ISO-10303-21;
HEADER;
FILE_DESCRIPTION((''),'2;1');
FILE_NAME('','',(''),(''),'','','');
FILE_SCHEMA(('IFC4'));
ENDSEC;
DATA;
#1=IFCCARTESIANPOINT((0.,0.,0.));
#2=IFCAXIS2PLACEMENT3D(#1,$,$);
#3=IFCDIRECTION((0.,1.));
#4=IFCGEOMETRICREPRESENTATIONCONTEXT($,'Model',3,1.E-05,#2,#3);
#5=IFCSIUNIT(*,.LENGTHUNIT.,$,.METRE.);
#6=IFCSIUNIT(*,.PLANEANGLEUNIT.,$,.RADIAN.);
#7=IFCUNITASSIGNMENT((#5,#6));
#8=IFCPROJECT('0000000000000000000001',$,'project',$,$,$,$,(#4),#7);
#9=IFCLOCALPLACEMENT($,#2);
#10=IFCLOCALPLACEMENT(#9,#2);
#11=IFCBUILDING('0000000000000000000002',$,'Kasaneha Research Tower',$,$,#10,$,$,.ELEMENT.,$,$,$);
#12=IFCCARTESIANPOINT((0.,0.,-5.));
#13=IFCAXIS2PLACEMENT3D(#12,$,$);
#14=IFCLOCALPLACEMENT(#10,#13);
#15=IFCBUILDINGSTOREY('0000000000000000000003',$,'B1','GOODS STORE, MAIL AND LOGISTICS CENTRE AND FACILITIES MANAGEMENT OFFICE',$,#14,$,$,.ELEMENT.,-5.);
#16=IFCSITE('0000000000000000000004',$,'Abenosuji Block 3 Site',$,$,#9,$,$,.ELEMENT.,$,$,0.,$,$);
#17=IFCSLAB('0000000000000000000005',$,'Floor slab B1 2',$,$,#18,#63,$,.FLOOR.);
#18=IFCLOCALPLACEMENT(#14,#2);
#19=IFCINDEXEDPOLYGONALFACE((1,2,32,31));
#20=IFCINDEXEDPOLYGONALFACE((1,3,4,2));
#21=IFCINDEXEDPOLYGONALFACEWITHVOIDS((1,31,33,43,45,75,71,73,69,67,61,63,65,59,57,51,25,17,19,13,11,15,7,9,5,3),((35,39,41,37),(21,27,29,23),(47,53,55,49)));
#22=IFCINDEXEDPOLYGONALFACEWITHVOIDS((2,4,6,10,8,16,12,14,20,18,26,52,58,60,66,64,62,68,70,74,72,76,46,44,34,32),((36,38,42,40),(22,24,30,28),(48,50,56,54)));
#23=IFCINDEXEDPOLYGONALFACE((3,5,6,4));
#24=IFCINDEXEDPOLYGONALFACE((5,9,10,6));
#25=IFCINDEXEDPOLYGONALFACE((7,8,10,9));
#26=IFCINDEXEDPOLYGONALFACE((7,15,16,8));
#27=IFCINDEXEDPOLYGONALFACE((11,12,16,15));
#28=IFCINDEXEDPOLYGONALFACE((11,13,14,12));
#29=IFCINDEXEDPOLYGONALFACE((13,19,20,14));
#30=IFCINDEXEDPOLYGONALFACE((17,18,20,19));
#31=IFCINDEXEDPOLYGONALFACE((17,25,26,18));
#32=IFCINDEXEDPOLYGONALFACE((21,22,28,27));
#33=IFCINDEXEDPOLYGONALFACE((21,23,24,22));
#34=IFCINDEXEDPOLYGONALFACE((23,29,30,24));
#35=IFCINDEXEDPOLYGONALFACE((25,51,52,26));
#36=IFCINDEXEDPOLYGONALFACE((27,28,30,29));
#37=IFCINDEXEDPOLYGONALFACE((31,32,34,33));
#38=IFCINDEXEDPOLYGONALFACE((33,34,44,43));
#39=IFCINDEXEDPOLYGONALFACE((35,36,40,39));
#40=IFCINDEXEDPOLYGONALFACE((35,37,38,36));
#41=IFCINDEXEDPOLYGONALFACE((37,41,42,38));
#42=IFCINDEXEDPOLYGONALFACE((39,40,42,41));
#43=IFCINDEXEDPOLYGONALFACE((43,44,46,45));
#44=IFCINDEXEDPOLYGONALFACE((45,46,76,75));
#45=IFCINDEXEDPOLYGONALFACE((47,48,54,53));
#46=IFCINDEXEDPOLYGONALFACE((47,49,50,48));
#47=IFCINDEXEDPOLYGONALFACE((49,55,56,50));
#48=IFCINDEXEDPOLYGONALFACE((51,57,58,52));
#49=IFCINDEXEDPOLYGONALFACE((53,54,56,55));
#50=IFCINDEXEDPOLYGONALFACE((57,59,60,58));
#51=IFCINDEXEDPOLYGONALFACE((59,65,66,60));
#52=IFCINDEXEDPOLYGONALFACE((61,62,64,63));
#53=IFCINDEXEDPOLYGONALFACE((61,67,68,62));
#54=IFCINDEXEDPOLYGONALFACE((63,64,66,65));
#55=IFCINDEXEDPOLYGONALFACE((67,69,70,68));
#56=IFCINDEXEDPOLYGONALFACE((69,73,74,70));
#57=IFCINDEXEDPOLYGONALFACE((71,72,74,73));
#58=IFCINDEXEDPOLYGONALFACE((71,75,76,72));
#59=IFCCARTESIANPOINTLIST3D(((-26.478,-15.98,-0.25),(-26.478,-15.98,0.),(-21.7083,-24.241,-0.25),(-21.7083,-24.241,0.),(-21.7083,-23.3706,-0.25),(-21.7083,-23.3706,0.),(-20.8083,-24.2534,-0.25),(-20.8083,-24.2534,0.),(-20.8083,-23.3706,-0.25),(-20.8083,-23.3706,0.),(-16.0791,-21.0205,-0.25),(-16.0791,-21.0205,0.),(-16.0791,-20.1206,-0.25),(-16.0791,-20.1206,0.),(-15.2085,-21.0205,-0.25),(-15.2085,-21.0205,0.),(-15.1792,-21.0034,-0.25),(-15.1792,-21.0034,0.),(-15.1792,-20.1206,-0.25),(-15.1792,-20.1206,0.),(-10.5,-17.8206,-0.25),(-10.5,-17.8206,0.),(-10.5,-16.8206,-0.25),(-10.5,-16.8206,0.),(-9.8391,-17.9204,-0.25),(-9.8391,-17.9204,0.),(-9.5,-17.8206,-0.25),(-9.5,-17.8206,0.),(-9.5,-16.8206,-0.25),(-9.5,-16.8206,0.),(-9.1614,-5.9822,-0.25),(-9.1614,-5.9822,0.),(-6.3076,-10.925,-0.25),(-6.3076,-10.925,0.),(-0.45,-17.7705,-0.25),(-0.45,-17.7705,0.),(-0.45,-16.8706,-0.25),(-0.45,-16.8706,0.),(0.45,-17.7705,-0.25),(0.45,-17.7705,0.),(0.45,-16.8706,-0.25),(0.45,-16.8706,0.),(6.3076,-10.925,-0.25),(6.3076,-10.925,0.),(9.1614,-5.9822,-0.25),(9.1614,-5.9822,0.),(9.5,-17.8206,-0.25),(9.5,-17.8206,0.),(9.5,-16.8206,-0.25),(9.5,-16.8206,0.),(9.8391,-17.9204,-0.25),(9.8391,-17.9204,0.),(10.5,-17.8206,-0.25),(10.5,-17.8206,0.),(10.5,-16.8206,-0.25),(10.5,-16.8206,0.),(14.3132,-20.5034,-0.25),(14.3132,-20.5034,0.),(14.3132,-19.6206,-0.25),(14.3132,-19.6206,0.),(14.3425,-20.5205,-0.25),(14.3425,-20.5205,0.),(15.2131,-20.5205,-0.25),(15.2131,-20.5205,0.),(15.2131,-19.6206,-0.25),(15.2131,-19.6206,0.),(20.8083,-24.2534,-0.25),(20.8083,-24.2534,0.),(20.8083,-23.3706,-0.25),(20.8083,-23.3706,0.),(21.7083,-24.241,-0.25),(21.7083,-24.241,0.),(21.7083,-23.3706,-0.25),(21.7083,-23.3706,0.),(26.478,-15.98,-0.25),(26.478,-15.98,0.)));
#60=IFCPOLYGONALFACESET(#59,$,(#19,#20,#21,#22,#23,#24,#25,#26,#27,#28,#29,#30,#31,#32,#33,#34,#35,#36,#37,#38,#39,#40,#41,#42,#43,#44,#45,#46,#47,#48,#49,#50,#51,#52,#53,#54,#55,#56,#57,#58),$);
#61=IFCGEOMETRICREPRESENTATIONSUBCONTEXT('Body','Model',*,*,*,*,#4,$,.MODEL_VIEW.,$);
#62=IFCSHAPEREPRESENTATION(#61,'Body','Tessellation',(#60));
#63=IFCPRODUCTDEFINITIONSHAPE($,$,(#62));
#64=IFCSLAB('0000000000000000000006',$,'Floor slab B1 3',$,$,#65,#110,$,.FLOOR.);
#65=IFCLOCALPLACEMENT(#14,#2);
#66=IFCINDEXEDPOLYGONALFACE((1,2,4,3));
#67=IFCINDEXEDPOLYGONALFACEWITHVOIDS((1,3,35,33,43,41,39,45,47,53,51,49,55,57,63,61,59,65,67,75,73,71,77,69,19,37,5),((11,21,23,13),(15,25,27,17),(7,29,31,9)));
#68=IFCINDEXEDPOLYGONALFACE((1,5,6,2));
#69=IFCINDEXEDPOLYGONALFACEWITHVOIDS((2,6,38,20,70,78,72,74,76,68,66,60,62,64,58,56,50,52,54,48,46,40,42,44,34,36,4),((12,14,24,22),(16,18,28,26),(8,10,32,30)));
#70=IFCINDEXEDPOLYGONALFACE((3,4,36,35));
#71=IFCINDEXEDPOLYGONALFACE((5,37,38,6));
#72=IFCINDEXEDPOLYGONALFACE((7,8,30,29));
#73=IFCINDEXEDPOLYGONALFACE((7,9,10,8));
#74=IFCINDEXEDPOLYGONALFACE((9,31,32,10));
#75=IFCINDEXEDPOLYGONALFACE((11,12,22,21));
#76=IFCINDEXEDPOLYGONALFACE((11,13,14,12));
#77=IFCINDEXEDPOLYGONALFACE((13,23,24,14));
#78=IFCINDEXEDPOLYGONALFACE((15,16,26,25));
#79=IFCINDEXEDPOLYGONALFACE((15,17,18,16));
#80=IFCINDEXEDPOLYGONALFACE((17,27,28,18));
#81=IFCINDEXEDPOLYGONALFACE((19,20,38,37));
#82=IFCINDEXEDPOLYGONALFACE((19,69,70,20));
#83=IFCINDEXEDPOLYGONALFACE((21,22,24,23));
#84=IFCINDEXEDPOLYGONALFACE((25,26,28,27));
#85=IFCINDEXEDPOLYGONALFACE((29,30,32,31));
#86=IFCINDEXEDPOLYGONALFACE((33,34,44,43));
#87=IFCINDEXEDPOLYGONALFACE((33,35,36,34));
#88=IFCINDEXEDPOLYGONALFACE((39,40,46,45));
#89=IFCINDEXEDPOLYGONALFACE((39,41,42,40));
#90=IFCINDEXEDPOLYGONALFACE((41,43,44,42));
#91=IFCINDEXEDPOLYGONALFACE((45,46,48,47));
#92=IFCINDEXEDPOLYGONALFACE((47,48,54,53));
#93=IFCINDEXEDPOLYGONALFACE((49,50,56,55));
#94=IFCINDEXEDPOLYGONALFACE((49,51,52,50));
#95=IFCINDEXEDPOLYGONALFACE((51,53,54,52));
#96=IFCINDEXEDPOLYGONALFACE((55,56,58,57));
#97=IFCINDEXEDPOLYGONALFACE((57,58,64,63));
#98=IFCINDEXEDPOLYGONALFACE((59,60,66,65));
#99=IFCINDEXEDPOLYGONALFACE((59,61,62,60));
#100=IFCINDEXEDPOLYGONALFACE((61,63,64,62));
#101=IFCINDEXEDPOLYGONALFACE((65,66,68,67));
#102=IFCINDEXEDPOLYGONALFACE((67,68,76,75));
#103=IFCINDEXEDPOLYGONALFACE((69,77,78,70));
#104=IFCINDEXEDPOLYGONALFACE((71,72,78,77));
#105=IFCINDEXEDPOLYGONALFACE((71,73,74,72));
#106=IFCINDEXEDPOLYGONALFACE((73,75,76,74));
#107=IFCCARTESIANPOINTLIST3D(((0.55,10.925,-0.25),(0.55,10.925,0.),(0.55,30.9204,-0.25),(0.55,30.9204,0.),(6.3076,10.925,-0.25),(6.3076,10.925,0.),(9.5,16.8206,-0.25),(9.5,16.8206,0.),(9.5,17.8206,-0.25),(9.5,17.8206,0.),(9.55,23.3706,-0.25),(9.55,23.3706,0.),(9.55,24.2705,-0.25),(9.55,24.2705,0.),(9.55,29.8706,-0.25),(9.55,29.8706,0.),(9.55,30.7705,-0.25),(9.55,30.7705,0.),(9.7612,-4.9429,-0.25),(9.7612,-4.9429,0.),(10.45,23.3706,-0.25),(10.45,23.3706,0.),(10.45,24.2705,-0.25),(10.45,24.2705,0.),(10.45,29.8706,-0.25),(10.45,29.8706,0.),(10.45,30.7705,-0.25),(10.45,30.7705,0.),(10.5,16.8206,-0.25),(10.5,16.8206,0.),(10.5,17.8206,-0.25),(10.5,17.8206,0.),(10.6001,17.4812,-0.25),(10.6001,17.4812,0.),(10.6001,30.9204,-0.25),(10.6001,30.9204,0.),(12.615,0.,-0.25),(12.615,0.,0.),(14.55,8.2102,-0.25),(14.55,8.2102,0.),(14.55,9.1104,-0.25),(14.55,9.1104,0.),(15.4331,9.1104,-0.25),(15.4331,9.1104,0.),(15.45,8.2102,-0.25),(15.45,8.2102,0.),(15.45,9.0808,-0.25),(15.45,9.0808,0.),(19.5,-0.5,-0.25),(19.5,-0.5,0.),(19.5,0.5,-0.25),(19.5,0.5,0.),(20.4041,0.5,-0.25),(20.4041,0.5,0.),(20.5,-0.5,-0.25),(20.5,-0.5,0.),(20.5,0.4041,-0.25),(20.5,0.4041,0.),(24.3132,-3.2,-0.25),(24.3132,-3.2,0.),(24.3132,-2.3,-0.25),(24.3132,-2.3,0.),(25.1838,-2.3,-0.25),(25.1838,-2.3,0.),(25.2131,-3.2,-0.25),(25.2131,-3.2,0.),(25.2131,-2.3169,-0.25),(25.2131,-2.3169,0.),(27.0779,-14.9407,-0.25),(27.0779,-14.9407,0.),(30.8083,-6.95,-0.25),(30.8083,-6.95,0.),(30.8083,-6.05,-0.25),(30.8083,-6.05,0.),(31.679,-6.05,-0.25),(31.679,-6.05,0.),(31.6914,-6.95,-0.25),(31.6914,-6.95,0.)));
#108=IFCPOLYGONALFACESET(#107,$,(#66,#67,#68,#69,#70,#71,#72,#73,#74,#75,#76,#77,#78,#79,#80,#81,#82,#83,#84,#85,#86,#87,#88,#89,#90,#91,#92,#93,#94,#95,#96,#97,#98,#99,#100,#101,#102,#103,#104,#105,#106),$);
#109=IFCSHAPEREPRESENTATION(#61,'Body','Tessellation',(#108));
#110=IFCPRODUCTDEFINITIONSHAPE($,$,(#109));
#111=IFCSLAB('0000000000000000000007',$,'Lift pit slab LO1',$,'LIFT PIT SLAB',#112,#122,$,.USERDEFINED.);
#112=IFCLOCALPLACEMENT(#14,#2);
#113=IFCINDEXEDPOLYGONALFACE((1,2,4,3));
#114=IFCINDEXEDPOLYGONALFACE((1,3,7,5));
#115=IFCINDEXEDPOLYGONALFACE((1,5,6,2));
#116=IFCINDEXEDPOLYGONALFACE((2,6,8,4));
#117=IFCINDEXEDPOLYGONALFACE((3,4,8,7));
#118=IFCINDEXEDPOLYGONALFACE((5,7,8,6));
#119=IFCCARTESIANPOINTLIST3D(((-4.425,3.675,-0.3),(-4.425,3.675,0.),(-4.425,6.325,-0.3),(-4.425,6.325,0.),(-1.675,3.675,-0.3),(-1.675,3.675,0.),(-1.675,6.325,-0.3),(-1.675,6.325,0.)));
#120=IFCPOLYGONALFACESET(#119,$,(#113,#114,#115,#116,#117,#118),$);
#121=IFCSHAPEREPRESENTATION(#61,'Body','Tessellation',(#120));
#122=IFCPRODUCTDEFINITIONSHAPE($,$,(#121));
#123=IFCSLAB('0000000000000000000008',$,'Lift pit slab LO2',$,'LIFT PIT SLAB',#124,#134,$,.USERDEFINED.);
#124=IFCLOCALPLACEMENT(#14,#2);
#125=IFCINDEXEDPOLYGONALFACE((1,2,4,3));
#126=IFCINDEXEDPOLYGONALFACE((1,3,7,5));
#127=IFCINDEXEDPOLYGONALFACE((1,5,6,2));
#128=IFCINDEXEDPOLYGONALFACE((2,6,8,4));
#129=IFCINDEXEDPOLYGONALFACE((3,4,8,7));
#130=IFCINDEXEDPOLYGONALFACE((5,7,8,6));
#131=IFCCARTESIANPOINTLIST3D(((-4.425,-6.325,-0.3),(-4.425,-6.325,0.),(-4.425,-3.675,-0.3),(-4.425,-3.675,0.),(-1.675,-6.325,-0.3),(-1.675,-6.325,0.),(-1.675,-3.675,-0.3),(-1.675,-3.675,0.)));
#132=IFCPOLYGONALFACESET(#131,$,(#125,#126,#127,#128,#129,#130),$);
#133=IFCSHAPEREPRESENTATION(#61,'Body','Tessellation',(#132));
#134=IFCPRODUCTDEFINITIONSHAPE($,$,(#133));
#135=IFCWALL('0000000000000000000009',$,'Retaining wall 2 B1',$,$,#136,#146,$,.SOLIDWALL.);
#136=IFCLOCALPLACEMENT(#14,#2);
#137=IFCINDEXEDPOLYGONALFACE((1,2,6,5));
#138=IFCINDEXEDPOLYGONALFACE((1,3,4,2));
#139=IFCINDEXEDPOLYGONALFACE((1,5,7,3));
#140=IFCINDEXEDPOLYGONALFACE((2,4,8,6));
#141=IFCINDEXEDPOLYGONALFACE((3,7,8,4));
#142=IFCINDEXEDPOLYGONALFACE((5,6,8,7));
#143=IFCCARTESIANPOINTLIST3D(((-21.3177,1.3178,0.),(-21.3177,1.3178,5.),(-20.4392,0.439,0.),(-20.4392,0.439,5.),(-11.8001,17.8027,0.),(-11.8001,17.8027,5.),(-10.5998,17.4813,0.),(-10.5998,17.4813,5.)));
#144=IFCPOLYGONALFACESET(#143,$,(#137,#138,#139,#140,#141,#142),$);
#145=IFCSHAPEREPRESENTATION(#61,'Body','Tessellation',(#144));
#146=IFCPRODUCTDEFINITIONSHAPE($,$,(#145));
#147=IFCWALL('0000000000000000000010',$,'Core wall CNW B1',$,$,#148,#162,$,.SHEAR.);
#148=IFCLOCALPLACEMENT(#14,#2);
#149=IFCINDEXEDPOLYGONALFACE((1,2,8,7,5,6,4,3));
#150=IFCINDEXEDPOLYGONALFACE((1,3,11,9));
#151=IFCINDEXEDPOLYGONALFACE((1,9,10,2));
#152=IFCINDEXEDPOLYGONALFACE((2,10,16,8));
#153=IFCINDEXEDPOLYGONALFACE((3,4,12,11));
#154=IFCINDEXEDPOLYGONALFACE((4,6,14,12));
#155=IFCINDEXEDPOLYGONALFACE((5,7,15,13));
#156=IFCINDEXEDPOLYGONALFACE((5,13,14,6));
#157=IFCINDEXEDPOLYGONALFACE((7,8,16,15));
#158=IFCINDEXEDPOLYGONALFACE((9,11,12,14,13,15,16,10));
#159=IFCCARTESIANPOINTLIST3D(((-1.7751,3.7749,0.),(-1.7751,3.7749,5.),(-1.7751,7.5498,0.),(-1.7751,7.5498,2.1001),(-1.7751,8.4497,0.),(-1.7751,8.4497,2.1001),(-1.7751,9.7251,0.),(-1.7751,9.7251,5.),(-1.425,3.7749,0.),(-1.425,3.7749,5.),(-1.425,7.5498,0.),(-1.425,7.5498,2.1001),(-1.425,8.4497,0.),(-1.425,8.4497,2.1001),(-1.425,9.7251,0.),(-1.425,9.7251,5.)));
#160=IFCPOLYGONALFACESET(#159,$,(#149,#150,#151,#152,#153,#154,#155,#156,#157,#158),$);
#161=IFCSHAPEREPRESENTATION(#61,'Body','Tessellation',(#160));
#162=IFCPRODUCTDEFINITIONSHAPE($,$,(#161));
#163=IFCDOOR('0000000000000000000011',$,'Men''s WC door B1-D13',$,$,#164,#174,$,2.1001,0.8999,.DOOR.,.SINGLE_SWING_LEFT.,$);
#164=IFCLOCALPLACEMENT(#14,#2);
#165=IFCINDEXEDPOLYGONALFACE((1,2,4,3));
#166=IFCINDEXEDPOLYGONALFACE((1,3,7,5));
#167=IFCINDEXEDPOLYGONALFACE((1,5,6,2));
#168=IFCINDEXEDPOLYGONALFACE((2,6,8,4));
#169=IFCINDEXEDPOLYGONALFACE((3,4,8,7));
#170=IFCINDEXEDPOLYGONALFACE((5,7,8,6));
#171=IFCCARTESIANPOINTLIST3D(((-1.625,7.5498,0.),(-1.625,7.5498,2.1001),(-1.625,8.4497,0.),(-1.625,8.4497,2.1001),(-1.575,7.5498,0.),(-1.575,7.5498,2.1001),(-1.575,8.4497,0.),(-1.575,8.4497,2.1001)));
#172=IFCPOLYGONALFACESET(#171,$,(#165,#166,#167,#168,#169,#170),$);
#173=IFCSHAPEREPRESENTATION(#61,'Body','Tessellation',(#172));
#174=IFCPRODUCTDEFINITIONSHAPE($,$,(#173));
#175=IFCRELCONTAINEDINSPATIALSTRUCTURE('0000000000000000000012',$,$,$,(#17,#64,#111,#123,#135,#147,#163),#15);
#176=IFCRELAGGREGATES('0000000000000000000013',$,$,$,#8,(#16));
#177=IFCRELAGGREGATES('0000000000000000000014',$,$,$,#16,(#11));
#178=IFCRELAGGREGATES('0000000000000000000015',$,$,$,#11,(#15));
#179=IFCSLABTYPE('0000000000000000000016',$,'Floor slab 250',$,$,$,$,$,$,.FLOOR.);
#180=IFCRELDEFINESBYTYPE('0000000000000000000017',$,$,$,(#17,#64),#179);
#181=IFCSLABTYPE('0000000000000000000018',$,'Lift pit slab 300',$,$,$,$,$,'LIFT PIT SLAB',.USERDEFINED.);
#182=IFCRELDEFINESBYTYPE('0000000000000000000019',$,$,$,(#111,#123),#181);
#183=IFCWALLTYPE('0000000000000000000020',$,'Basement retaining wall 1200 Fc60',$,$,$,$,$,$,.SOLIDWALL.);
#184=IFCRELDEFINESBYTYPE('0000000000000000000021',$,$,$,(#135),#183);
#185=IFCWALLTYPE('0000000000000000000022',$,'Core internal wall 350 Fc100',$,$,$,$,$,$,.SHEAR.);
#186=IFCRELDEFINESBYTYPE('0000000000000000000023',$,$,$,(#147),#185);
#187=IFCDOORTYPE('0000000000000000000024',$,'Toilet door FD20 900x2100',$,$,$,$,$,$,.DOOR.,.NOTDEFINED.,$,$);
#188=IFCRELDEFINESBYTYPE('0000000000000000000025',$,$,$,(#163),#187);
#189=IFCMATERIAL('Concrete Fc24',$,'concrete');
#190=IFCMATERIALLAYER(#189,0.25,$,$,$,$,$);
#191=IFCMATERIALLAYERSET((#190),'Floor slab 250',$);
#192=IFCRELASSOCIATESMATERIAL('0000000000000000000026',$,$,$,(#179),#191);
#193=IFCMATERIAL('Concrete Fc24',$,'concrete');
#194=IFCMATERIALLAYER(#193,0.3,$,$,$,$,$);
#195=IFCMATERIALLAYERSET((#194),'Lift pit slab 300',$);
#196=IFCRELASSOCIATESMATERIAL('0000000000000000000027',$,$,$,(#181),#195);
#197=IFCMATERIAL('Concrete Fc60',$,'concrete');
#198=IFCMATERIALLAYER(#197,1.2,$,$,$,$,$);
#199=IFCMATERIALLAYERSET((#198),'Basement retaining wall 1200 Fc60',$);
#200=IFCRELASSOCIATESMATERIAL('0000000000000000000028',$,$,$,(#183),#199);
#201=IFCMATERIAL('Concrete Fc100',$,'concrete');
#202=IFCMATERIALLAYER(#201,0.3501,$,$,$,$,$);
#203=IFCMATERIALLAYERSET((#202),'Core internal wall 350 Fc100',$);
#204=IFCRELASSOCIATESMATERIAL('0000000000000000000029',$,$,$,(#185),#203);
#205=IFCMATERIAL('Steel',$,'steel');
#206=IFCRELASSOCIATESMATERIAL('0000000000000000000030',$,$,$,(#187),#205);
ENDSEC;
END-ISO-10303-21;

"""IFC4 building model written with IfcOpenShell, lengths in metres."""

from ifc_helpers import new_model, si_unit, direction, frame, frame_2d, origin, place, context, subcontext, project, spatial, polyline, rectangle, outline, extrude, material, layer, layer_set, type_object, element, fill, save


model = new_model("IFC4")

# Units and contexts
model_context = context("Model", 3, precision=1e-05, world=origin(), true_north=direction((0.0, 1.0)))
body_context = subcontext(model_context, "Body", "Model", "MODEL_VIEW")
ifc_project = project(units=[si_unit("LENGTHUNIT", "METRE"), si_unit("PLANEANGLEUNIT", "RADIAN")], contexts=[model_context])

# Site, building, storey
site_placement = place(None, origin())
site = spatial("IfcSite", under=ifc_project, at=site_placement, Name="Abenosuji Block 3 Site", CompositionType="ELEMENT", RefElevation=0.0)
building_placement = place(site_placement, origin())
building = spatial("IfcBuilding", under=site, at=building_placement, Name="Kasaneha Research Tower", CompositionType="ELEMENT")
storey_placement = place(building_placement, frame((0.0, 0.0, -5.0)))
storey = spatial("IfcBuildingStorey", under=building, at=storey_placement, Name="B1", Description="GOODS STORE, MAIL AND LOGISTICS CENTRE AND FACILITIES MANAGEMENT OFFICE", CompositionType="ELEMENT", Elevation=-5.0)

# Slabs
ifc_material_1 = material(Name="Concrete Fc24", Category="concrete")
ifc_layer_1 = layer(ifc_material_1, 0.25)
ifc_layer_set_1 = layer_set([ifc_layer_1], Name="Floor slab 250")
slab_type_1 = type_object("IfcSlabType", Name="Floor slab 250", PredefinedType="FLOOR", material=ifc_layer_set_1)
slab_1_placement = place(storey_placement, frame((0.0, 0.0, -0.25)))
element("IfcSlab", 1, at=slab_1_placement, inside=storey, type_object=slab_type_1, Name="Floor slab B1 2", PredefinedType="FLOOR", context=body_context, shape_type="SweptSolid", body=[
    extrude(outline(polyline([(21.7083, -24.241), (21.7083, -23.3706), (20.8083, -23.3706), (20.8083, -24.2534), (14.3425, -20.5205), (15.2131, -20.5205), (15.2131, -19.6206), (14.3132, -19.6206), (14.3132, -20.5034), (9.8391, -17.9204), (-9.8391, -17.9204), (-15.1792, -21.0034), (-15.1792, -20.1206), (-16.0791, -20.1206), (-16.0791, -21.0205), (-15.2085, -21.0205), (-20.8083, -24.2534), (-20.8083, -23.3706), (-21.7083, -23.3706), (-21.7083, -24.241), (-26.478, -15.98), (-9.1614, -5.9822), (-6.3076, -10.925), (6.3076, -10.925), (9.1614, -5.9822), (26.478, -15.98), (21.7083, -24.241)]), holes=[polyline([(0.45, -17.7705), (0.45, -16.8706), (-0.45, -16.8706), (-0.45, -17.7705), (0.45, -17.7705)]), polyline([(-9.5, -16.8206), (-10.5, -16.8206), (-10.5, -17.8206), (-9.5, -17.8206), (-9.5, -16.8206)]), polyline([(10.5, -16.8206), (9.5, -16.8206), (9.5, -17.8206), (10.5, -17.8206), (10.5, -16.8206)])]), origin(), (0.0, 0.0, 1.0), 0.25),
])
slab_2_placement = place(storey_placement, frame((0.0, 0.0, -0.25)))
element("IfcSlab", 2, at=slab_2_placement, inside=storey, type_object=slab_type_1, Name="Floor slab B1 3", PredefinedType="FLOOR", context=body_context, shape_type="SweptSolid", body=[
    extrude(outline(polyline([(10.6001, 30.9204), (10.6001, 17.4812), (15.4331, 9.1104), (14.55, 9.1104), (14.55, 8.2102), (15.45, 8.2102), (15.45, 9.0808), (20.4041, 0.5), (19.5, 0.5), (19.5, -0.5), (20.5, -0.5), (20.5, 0.4041), (25.1838, -2.3), (24.3132, -2.3), (24.3132, -3.2), (25.2131, -3.2), (25.2131, -2.3169), (31.679, -6.05), (30.8083, -6.05), (30.8083, -6.95), (31.6914, -6.95), (27.0779, -14.9407), (9.7612, -4.9429), (12.615, 0.0), (6.3076, 10.925), (0.55, 10.925), (0.55, 30.9204), (10.6001, 30.9204)]), holes=[polyline([(10.5, 16.8206), (10.5, 17.8206), (9.5, 17.8206), (9.5, 16.8206), (10.5, 16.8206)]), polyline([(10.45, 23.3706), (10.45, 24.2705), (9.55, 24.2705), (9.55, 23.3706), (10.45, 23.3706)]), polyline([(10.45, 29.8706), (10.45, 30.7705), (9.55, 30.7705), (9.55, 29.8706), (10.45, 29.8706)])]), origin(), (0.0, 0.0, 1.0), 0.25),
])
ifc_material_2 = material(Name="Concrete Fc24", Category="concrete")
ifc_layer_2 = layer(ifc_material_2, 0.3)
ifc_layer_set_2 = layer_set([ifc_layer_2], Name="Lift pit slab 300")
slab_type_2 = type_object("IfcSlabType", Name="Lift pit slab 300", ElementType="LIFT PIT SLAB", PredefinedType="USERDEFINED", material=ifc_layer_set_2)
slab_3_placement = place(storey_placement, frame((0.0, 0.0, -0.3)))
element("IfcSlab", 3, at=slab_3_placement, inside=storey, type_object=slab_type_2, Name="Lift pit slab LO1", ObjectType="LIFT PIT SLAB", PredefinedType="USERDEFINED", context=body_context, shape_type="SweptSolid", body=[
    extrude(outline(polyline([(-1.675, 3.675), (-4.425, 3.675), (-4.425, 6.325), (-1.675, 6.325), (-1.675, 3.675)])), origin(), (0.0, 0.0, 1.0), 0.3),
])
slab_4_placement = place(storey_placement, frame((0.0, 0.0, -0.3)))
element("IfcSlab", 4, at=slab_4_placement, inside=storey, type_object=slab_type_2, Name="Lift pit slab LO2", ObjectType="LIFT PIT SLAB", PredefinedType="USERDEFINED", context=body_context, shape_type="SweptSolid", body=[
    extrude(outline(polyline([(-1.675, -6.325), (-4.425, -6.325), (-4.425, -3.675), (-1.675, -3.675), (-1.675, -6.325)])), origin(), (0.0, 0.0, 1.0), 0.3),
])

# Wall
ifc_material_3 = material(Name="Concrete Fc60", Category="concrete")
ifc_layer_3 = layer(ifc_material_3, 1.2)
ifc_layer_set_3 = layer_set([ifc_layer_3], Name="Basement retaining wall 1200 Fc60")
wall_type_1 = type_object("IfcWallType", Name="Basement retaining wall 1200 Fc60", PredefinedType="SOLIDWALL", material=ifc_layer_set_3)
wall_1_placement = place(storey_placement, frame((-20.8784, 0.8784, 0.0), z_axis=(0.0, 0.0, 1.0), x_axis=(0.499998, 0.866026, 0.0)))
element("IfcWall", 5, at=wall_1_placement, inside=storey, type_object=wall_type_1, Name="Retaining wall 2 B1", PredefinedType="SOLIDWALL", context=body_context, shape_type="SweptSolid", body=[
    extrude(outline(polyline([(-0.1609, -0.6001), (19.5178, -0.6001), (19.196, 0.6001), (0.1609, 0.6001), (-0.1609, -0.6001)])), origin(), (0.0, 0.0, 1.0), 5.0),
])

# Wall, opening, door
ifc_material_4 = material(Name="Concrete Fc100", Category="concrete")
ifc_layer_4 = layer(ifc_material_4, 0.3501)
ifc_layer_set_4 = layer_set([ifc_layer_4], Name="Core internal wall 350 Fc100")
wall_type_2 = type_object("IfcWallType", Name="Core internal wall 350 Fc100", PredefinedType="SHEAR", material=ifc_layer_set_4)
wall_2_placement = place(storey_placement, frame((-1.6001, 3.7749, 0.0), z_axis=(0.0, 0.0, 1.0), x_axis=(0.0, 1.0, 0.0)))
wall_2 = element("IfcWall", 6, at=wall_2_placement, inside=storey, type_object=wall_type_2, Name="Core wall CNW B1", PredefinedType="SHEAR", context=body_context, shape_type="SweptSolid", body=[
    extrude(rectangle(XDim=5.9502, YDim=0.3501, at=frame_2d((2.9751, 0.0))), origin(), (0.0, 0.0, 1.0), 5.0),
])
opening_1_placement = place(wall_2_placement, frame((3.7749, 0.0, 0.0)))
opening_1 = element("IfcOpeningElement", 7, at=opening_1_placement, cuts=wall_2, PredefinedType="OPENING", context=body_context, shape_type="SweptSolid", body=[
    extrude(rectangle(XDim=0.8999, YDim=2.1001, at=frame_2d((0.45, 1.05))), frame((0.0, 0.1851, 0.0), z_axis=(0.0, -1.0, 0.0), x_axis=(1.0, 0.0, 0.0)), (0.0, 0.0, 1.0), 0.3701),
])
ifc_material_5 = material(Name="Steel", Category="steel")
door_type_1 = type_object("IfcDoorType", Name="Toilet door FD20 900x2100", OperationType="NOTDEFINED", PredefinedType="DOOR", material=ifc_material_5)
door_1_placement = place(opening_1_placement, origin())
door_1 = element("IfcDoor", 8, at=door_1_placement, inside=storey, type_object=door_type_1, Name="Men's WC door B1-D13", OperationType="SINGLE_SWING_LEFT", OverallHeight=2.1001, OverallWidth=0.8999, PredefinedType="DOOR", context=body_context, shape_type="SweptSolid", body=[
    extrude(rectangle(XDim=0.8999, YDim=2.1001, at=frame_2d((0.45, 1.05))), frame((0.0, 0.0249, 0.0), z_axis=(0.0, -1.0, 0.0), x_axis=(1.0, 0.0, 0.0)), (0.0, 0.0, 1.0), 0.05),
])
fill(opening_1, door_1)

save(model, "model.ifc")
